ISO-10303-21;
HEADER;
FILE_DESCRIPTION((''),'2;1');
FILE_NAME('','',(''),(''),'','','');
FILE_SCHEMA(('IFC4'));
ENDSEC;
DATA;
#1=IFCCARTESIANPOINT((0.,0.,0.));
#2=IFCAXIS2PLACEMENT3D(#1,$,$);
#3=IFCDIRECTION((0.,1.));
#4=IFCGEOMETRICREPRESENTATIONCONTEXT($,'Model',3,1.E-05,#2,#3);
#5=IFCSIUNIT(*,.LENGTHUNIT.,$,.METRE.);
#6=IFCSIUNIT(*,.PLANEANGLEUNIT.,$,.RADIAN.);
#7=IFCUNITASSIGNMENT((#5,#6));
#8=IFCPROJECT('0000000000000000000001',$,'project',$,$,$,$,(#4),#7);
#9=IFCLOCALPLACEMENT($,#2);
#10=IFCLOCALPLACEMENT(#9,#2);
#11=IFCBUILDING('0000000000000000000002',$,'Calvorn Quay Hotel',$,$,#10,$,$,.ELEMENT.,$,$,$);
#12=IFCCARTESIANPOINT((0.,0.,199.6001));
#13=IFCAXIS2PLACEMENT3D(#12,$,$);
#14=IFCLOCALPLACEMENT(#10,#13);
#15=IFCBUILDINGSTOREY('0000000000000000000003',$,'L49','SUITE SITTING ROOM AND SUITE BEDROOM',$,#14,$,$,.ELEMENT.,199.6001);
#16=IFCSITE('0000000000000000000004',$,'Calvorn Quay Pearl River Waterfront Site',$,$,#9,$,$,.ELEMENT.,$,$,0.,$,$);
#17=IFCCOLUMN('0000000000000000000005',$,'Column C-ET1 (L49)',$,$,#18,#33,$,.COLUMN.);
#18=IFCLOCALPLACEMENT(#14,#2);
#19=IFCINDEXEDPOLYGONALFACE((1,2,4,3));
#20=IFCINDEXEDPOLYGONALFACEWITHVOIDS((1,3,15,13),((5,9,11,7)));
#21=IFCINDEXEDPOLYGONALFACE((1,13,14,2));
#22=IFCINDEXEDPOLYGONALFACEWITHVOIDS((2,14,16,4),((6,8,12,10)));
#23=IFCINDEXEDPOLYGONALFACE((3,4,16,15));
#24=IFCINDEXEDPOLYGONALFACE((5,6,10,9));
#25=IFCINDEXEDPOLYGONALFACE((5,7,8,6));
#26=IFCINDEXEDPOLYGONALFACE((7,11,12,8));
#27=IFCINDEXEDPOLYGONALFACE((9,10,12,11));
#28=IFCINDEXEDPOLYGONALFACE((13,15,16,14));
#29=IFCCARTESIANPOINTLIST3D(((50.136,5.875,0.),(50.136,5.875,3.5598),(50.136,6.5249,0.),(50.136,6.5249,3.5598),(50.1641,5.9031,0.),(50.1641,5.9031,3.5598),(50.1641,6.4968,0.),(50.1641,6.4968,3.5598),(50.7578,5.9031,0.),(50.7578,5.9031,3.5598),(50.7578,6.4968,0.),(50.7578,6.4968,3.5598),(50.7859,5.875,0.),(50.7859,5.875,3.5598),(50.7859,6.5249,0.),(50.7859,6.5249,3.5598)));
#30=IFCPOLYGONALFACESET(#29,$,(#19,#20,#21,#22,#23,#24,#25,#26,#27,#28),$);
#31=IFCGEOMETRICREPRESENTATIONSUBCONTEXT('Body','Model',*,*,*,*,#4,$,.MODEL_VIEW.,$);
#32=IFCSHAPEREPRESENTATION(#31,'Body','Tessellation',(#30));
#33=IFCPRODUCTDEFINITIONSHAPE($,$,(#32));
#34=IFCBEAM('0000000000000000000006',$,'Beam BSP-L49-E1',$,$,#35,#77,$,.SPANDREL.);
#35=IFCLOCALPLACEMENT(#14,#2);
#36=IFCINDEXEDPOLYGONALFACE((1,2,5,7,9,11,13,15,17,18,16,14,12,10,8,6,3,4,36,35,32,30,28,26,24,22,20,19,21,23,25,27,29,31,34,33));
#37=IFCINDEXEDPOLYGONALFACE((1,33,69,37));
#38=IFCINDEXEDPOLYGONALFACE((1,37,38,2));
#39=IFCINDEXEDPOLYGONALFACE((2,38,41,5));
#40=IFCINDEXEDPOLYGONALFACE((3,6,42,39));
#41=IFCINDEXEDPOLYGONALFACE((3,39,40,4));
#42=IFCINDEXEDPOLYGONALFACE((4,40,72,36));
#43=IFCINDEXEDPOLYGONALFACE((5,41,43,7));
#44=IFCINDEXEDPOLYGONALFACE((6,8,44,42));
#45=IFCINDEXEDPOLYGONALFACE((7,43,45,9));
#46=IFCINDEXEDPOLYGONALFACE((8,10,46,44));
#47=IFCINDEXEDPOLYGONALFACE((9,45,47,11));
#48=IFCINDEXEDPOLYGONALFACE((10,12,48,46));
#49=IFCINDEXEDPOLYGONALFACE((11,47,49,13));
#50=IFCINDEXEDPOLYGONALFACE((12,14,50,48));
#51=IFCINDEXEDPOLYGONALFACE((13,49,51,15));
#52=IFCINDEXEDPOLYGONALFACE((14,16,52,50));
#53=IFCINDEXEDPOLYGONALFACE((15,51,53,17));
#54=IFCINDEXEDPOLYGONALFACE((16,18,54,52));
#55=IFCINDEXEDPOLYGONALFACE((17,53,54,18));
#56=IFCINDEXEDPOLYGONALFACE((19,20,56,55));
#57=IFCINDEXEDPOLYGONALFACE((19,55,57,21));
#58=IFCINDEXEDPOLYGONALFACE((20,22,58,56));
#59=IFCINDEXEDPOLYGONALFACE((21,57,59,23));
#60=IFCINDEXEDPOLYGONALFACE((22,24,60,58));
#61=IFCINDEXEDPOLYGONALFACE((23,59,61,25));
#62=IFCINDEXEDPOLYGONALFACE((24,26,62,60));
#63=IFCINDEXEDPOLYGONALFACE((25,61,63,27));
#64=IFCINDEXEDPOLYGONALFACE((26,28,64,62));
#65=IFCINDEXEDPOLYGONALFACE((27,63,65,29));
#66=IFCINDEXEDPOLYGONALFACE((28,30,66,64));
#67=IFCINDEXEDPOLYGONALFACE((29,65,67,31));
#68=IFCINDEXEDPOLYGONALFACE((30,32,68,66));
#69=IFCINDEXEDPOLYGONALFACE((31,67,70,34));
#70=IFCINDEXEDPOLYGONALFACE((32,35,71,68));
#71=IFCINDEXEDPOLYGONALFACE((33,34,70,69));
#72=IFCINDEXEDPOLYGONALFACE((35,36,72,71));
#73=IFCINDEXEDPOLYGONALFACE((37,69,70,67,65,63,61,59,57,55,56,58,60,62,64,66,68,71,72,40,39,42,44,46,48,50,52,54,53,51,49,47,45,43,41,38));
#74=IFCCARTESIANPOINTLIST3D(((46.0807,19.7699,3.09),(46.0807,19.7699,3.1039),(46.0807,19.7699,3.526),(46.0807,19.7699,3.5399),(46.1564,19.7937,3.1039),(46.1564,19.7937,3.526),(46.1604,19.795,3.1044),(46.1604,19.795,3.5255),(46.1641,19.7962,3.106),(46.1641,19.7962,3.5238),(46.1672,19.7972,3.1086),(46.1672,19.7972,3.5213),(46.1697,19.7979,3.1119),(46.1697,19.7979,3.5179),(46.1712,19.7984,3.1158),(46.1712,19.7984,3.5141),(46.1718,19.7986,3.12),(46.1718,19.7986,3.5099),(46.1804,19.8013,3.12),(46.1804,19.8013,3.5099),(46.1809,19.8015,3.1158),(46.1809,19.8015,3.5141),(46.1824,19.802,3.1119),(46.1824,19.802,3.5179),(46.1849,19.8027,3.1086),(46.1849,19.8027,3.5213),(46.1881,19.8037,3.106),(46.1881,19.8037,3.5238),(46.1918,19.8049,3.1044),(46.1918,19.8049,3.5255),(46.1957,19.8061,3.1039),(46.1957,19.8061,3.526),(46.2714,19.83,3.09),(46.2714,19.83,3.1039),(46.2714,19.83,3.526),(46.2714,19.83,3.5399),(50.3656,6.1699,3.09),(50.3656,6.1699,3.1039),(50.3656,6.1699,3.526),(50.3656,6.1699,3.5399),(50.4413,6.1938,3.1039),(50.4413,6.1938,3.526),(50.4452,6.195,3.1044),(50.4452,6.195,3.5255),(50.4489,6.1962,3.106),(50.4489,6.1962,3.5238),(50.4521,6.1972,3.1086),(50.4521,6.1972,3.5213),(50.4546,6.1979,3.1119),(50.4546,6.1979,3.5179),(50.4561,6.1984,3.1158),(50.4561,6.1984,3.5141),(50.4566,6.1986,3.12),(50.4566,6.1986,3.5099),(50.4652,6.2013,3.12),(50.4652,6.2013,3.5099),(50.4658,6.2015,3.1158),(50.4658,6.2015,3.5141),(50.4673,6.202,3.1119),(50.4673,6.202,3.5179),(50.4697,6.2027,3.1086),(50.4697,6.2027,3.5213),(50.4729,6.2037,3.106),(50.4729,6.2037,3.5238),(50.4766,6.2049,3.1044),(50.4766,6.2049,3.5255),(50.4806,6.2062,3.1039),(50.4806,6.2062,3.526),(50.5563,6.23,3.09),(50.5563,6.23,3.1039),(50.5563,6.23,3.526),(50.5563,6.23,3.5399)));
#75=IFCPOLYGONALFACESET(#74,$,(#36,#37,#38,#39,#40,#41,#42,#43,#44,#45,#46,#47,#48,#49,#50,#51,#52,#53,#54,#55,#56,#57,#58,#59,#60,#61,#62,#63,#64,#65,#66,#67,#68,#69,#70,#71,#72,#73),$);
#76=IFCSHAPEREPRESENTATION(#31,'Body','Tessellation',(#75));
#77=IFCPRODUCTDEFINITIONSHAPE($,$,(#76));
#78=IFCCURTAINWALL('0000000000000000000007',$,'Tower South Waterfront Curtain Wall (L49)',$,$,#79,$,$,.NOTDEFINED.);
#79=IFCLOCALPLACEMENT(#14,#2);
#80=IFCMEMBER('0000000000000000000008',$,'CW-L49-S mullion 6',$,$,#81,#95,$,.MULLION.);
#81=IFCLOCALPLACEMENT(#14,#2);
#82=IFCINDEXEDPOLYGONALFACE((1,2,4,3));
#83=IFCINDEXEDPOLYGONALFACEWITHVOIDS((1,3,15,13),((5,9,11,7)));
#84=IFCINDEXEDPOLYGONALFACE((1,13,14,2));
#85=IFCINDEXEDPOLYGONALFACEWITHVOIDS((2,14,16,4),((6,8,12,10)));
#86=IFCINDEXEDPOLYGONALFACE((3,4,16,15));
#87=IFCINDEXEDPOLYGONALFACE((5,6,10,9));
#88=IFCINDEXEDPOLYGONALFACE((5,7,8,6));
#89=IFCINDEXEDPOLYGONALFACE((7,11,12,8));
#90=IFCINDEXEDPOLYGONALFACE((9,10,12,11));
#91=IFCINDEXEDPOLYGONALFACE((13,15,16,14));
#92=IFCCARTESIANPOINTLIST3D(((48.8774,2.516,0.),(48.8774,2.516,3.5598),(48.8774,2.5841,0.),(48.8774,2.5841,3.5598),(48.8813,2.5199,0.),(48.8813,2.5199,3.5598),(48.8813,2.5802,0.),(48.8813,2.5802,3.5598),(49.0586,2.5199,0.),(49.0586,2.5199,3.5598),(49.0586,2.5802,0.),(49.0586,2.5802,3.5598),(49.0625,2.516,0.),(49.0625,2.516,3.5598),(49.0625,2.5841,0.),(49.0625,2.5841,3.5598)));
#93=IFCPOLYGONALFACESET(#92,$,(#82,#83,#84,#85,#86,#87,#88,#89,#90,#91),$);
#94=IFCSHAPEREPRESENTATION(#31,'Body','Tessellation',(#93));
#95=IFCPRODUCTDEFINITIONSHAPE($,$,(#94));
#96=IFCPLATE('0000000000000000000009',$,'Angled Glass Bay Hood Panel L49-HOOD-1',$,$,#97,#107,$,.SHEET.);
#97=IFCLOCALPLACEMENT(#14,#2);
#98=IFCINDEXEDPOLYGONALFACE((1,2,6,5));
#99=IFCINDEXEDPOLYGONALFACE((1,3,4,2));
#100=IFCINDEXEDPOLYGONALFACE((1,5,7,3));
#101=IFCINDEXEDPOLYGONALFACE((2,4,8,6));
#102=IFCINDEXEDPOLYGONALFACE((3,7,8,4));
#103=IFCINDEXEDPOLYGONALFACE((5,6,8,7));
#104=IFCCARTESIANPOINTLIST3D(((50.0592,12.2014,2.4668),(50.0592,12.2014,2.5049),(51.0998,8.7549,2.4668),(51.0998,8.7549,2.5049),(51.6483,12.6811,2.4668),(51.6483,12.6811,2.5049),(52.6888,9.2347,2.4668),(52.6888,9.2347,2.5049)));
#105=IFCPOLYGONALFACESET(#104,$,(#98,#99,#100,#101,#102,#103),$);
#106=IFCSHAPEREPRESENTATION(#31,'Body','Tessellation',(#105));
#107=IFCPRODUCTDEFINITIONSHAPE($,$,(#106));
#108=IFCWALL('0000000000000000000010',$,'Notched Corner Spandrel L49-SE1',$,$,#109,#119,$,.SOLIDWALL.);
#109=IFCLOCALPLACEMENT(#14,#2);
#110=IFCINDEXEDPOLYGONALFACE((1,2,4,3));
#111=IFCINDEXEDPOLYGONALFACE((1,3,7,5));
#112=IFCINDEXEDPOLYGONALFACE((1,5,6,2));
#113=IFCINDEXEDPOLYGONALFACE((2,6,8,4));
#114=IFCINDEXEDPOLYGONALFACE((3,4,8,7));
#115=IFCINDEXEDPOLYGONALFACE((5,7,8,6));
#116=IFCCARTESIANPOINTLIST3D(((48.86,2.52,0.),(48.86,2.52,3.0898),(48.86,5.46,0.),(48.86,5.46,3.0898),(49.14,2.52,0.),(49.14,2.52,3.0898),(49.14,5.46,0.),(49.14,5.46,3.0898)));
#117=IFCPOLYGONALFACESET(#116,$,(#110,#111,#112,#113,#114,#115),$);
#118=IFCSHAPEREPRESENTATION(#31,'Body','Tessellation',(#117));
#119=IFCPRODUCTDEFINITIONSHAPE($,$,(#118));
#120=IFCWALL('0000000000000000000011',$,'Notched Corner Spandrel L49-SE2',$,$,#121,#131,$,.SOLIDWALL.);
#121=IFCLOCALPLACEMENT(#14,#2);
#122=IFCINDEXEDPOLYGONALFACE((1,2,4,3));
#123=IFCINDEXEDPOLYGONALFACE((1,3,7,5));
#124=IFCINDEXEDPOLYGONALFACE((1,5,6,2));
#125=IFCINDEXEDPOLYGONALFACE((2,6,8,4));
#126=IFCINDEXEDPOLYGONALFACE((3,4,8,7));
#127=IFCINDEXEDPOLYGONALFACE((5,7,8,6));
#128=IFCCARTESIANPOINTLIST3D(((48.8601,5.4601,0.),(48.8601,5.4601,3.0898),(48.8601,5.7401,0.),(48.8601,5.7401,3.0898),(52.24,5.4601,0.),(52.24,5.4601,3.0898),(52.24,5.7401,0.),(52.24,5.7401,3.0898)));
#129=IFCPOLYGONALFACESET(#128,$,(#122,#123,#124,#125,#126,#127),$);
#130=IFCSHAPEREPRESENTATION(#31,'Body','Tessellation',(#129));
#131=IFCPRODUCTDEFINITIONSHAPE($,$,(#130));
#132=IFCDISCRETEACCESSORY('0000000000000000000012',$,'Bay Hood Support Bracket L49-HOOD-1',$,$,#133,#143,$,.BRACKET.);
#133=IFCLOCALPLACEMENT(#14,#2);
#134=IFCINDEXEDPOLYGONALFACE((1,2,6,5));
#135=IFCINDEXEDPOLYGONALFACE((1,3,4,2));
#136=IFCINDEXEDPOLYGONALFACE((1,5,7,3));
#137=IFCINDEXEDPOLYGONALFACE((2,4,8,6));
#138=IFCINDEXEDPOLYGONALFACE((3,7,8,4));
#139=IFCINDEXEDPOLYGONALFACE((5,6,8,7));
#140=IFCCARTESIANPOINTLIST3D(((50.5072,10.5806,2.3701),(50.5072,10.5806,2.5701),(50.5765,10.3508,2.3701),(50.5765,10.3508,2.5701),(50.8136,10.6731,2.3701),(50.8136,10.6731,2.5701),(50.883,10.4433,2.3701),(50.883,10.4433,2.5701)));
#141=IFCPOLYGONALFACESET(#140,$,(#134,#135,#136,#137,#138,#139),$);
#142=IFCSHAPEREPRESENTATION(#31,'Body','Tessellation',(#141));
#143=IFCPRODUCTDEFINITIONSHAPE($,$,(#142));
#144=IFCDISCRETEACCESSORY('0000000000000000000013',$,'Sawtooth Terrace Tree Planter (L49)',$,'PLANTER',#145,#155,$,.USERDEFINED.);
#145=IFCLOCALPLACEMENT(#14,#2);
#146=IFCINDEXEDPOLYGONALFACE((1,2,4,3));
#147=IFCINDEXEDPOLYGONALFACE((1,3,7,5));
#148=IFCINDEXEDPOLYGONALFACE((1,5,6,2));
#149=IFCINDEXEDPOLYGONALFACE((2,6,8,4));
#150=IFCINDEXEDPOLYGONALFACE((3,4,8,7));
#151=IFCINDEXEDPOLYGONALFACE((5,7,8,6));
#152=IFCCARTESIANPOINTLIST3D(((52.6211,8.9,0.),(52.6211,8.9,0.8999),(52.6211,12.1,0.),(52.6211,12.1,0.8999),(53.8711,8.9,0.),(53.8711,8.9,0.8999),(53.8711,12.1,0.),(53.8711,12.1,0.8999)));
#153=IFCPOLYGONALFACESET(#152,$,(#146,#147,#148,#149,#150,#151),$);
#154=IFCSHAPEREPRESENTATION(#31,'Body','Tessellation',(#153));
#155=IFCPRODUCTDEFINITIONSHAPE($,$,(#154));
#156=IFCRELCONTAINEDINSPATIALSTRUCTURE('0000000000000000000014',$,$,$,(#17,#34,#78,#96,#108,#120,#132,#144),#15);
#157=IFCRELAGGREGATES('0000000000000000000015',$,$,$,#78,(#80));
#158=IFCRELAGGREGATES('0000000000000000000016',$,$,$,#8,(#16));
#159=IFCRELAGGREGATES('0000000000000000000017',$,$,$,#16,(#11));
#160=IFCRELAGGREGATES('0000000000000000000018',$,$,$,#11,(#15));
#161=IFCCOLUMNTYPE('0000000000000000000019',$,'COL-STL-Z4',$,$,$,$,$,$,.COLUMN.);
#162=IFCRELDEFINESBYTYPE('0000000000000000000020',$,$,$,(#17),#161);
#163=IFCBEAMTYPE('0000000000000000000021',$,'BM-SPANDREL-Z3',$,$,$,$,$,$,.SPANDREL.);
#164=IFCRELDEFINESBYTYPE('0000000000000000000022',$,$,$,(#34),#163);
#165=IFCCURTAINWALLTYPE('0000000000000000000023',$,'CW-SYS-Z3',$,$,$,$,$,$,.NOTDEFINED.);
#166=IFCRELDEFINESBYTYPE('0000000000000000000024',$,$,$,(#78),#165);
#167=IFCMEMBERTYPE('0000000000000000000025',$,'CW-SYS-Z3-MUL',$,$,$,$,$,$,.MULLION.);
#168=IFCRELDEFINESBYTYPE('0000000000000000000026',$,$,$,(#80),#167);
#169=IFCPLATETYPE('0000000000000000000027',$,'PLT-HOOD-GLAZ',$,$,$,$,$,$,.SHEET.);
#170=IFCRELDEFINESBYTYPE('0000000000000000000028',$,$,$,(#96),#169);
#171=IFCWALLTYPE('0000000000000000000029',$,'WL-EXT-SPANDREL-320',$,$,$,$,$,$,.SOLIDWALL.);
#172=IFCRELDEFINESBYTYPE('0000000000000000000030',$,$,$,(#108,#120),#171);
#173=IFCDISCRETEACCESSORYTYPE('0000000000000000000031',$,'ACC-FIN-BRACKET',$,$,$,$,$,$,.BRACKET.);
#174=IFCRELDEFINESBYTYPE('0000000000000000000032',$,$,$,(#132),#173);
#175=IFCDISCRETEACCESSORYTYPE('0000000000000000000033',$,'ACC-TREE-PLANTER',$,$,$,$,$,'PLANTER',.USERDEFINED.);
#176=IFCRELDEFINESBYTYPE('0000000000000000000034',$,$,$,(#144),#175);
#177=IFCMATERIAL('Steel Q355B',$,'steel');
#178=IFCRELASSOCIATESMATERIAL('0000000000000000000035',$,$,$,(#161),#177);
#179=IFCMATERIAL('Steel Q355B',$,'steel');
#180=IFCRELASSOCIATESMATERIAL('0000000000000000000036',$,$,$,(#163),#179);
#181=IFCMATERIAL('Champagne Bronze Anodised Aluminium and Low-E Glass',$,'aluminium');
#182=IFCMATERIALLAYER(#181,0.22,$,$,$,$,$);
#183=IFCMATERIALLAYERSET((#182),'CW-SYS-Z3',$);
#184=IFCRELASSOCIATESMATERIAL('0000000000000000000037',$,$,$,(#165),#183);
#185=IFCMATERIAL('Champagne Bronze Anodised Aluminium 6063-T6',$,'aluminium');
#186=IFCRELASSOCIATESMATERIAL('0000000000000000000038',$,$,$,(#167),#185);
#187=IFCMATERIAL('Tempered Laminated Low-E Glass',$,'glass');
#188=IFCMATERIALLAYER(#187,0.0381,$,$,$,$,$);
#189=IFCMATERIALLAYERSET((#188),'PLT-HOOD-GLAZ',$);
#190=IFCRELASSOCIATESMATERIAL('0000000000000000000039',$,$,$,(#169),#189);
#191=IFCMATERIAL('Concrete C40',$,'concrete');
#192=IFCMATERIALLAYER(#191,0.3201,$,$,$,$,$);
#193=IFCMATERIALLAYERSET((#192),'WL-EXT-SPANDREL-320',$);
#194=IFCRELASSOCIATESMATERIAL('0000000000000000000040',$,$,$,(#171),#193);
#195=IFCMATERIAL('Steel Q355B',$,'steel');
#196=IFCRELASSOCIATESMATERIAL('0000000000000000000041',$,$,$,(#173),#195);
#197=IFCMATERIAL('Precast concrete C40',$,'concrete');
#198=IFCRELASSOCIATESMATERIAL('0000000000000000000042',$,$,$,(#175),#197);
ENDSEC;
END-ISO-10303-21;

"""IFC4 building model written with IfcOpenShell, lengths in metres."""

from ifc_helpers import new_model, si_unit, direction, frame, frame_2d, origin, origin_2d, place, context, subcontext, project, spatial, rectangle, hollow_rectangle, i_section, extrude, material, layer, layer_set, material_profile, profile_set, type_object, element, aggregate, save


model = new_model("IFC4")

# Units and contexts
model_context = context("Model", 3, precision=1e-05, world=origin(), true_north=direction((0.0, 1.0)))
body_context = subcontext(model_context, "Body", "Model", "MODEL_VIEW")
ifc_project = project(units=[si_unit("LENGTHUNIT", "METRE"), si_unit("PLANEANGLEUNIT", "RADIAN")], contexts=[model_context])

# Site, building, storey
site_placement = place(None, origin())
site = spatial("IfcSite", under=ifc_project, at=site_placement, Name="Calvorn Quay Pearl River Waterfront Site", CompositionType="ELEMENT", RefElevation=0.0)
building_placement = place(site_placement, origin())
building = spatial("IfcBuilding", under=site, at=building_placement, Name="Calvorn Quay Hotel", CompositionType="ELEMENT")
storey_placement = place(building_placement, frame((0.0, 0.0, 199.6001)))
storey = spatial("IfcBuildingStorey", under=building, at=storey_placement, Name="L49", Description="SUITE SITTING ROOM AND SUITE BEDROOM", CompositionType="ELEMENT", Elevation=199.6001)

# Column
ifc_material_1 = material(Name="Steel Q355B", Category="steel")
ifc_material_profile_1 = material_profile(ifc_material_1, hollow_rectangle(XDim=0.6499, YDim=0.6499, WallThickness=0.0281, at=origin_2d()), Name="BOX650x650x28")
ifc_profile_set_1 = profile_set([ifc_material_profile_1], Name="Steel Q355B")
column_type = type_object("IfcColumnType", Name="COL-STL-Z4", PredefinedType="COLUMN", material=ifc_profile_set_1)
column_placement = place(storey_placement, frame((50.4609, 6.2, 0.0), z_axis=(0.0, 0.0, 1.0), x_axis=(1.0, 0.0, 0.0)))
element("IfcColumn", 1, at=column_placement, inside=storey, type_object=column_type, Name="Column C-ET1 (L49)", PredefinedType="COLUMN", context=body_context, shape_type="SweptSolid", body=[
    extrude(hollow_rectangle(XDim=0.6499, YDim=0.6499, WallThickness=0.0281, at=origin_2d()), origin(), (0.0, 0.0, 1.0), 3.5598),
])

# Beam
ifc_material_2 = material(Name="Steel Q355B", Category="steel")
ifc_material_profile_2 = material_profile(ifc_material_2, i_section(OverallWidth=0.2, OverallDepth=0.45, WebThickness=0.009, FlangeThickness=0.0139, FilletRadius=0.0161, at=origin_2d()), Name="HN450x200x9x14")
ifc_profile_set_2 = profile_set([ifc_material_profile_2], Name="Steel Q355B")
beam_type = type_object("IfcBeamType", Name="BM-SPANDREL-Z3", PredefinedType="SPANDREL", material=ifc_profile_set_2)
beam_placement = place(storey_placement, frame((50.4609, 6.2, 3.3149), z_axis=(-0.300503, 0.953781, 0.0), x_axis=(-0.953781, -0.300503, 0.0)))
element("IfcBeam", 2, at=beam_placement, inside=storey, type_object=beam_type, Name="Beam BSP-L49-E1", PredefinedType="SPANDREL", context=body_context, shape_type="SweptSolid", body=[
    extrude(i_section(OverallWidth=0.2, OverallDepth=0.45, WebThickness=0.009, FlangeThickness=0.0139, FilletRadius=0.0161, at=origin_2d()), origin(), (0.0, 0.0, 1.0), 14.259),
])

# Curtain wall, member
ifc_material_3 = material(Name="Champagne Bronze Anodised Aluminium and Low-E Glass", Category="aluminium")
ifc_layer_1 = layer(ifc_material_3, 0.22)
ifc_layer_set_1 = layer_set([ifc_layer_1], Name="CW-SYS-Z3")
curtain_wall_type = type_object("IfcCurtainWallType", Name="CW-SYS-Z3", PredefinedType="NOTDEFINED", material=ifc_layer_set_1)
curtain_wall_placement = place(storey_placement, origin())
curtain_wall = element("IfcCurtainWall", 3, at=curtain_wall_placement, inside=storey, type_object=curtain_wall_type, Name="Tower South Waterfront Curtain Wall (L49)", PredefinedType="NOTDEFINED")
ifc_material_4 = material(Name="Champagne Bronze Anodised Aluminium 6063-T6", Category="aluminium")
ifc_material_profile_3 = material_profile(ifc_material_4, hollow_rectangle(XDim=0.0681, YDim=0.1851, WallThickness=0.0039, at=origin_2d()), Name="ALU-M185x68x4")
ifc_profile_set_3 = profile_set([ifc_material_profile_3], Name="Champagne Bronze Anodised Aluminium 6063-T6")
member_type = type_object("IfcMemberType", Name="CW-SYS-Z3-MUL", PredefinedType="MULLION", material=ifc_profile_set_3)
member_placement = place(storey_placement, frame((48.97, 2.55, 0.0), z_axis=(0.0, 0.0, 1.0), x_axis=(0.0, 1.0, 0.0)))
member = element("IfcMember", 4, at=member_placement, type_object=member_type, Name="CW-L49-S mullion 6", PredefinedType="MULLION", context=body_context, shape_type="SweptSolid", body=[
    extrude(hollow_rectangle(XDim=0.0681, YDim=0.1851, WallThickness=0.0039, at=origin_2d()), origin(), (0.0, 0.0, 1.0), 3.5598),
])
aggregate(curtain_wall, [member])

# Plate
ifc_material_5 = material(Name="Tempered Laminated Low-E Glass", Category="glass")
ifc_layer_2 = layer(ifc_material_5, 0.0381)
ifc_layer_set_2 = layer_set([ifc_layer_2], Name="PLT-HOOD-GLAZ")
plate_type = type_object("IfcPlateType", Name="PLT-HOOD-GLAZ", PredefinedType="SHEET", material=ifc_layer_set_2)
plate_placement = place(storey_placement, frame((51.374, 10.718, 2.4668), z_axis=(0.0, 0.0, 1.0), x_axis=(0.957319, 0.289032, 0.0)))
element("IfcPlate", 5, at=plate_placement, inside=storey, type_object=plate_type, Name="Angled Glass Bay Hood Panel L49-HOOD-1", PredefinedType="SHEET", context=body_context, shape_type="SweptSolid", body=[
    extrude(rectangle(XDim=1.6599, YDim=3.6001, at=origin_2d()), origin(), (0.0, 0.0, 1.0), 0.0381),
])

# Walls
ifc_material_6 = material(Name="Concrete C40", Category="concrete")
ifc_layer_3 = layer(ifc_material_6, 0.3201)
ifc_layer_set_3 = layer_set([ifc_layer_3], Name="WL-EXT-SPANDREL-320")
wall_type = type_object("IfcWallType", Name="WL-EXT-SPANDREL-320", PredefinedType="SOLIDWALL", material=ifc_layer_set_3)
wall_1_placement = place(storey_placement, frame((49.0, 2.52, 0.0), z_axis=(0.0, 0.0, 1.0), x_axis=(0.0, 1.0, 0.0)))
element("IfcWall", 6, at=wall_1_placement, inside=storey, type_object=wall_type, Name="Notched Corner Spandrel L49-SE1", PredefinedType="SOLIDWALL", context=body_context, shape_type="SweptSolid", body=[
    extrude(rectangle(XDim=2.9399, YDim=0.28, at=frame_2d((1.47, 0.0))), origin(), (0.0, 0.0, 1.0), 3.0898),
])
wall_2_placement = place(storey_placement, frame((48.8601, 5.6001, 0.0), z_axis=(0.0, 0.0, 1.0), x_axis=(1.0, 0.0, 0.0)))
element("IfcWall", 7, at=wall_2_placement, inside=storey, type_object=wall_type, Name="Notched Corner Spandrel L49-SE2", PredefinedType="SOLIDWALL", context=body_context, shape_type="SweptSolid", body=[
    extrude(rectangle(XDim=3.3799, YDim=0.28, at=frame_2d((1.6899, 0.0))), origin(), (0.0, 0.0, 1.0), 3.0898),
])

# Discrete accessories
ifc_material_7 = material(Name="Steel Q355B", Category="steel")
discrete_accessory_type_1 = type_object("IfcDiscreteAccessoryType", Name="ACC-FIN-BRACKET", PredefinedType="BRACKET", material=ifc_material_7)
discrete_accessory_1_placement = place(storey_placement, frame((50.6951, 10.512, 2.3701), z_axis=(0.0, 0.0, 1.0), x_axis=(0.957319, 0.289032, 0.0)))
element("IfcDiscreteAccessory", 8, at=discrete_accessory_1_placement, inside=storey, type_object=discrete_accessory_type_1, Name="Bay Hood Support Bracket L49-HOOD-1", PredefinedType="BRACKET", context=body_context, shape_type="SweptSolid", body=[
    extrude(rectangle(XDim=0.3201, YDim=0.24, at=origin_2d()), origin(), (0.0, 0.0, 1.0), 0.2),
])
ifc_material_8 = material(Name="Precast concrete C40", Category="concrete")
discrete_accessory_type_2 = type_object("IfcDiscreteAccessoryType", Name="ACC-TREE-PLANTER", ElementType="PLANTER", PredefinedType="USERDEFINED", material=ifc_material_8)
discrete_accessory_2_placement = place(storey_placement, frame((53.2461, 10.5, 0.0), z_axis=(0.0, 0.0, 1.0), x_axis=(1.0, 0.0, 0.0)))
element("IfcDiscreteAccessory", 9, at=discrete_accessory_2_placement, inside=storey, type_object=discrete_accessory_type_2, Name="Sawtooth Terrace Tree Planter (L49)", ObjectType="PLANTER", PredefinedType="USERDEFINED", context=body_context, shape_type="SweptSolid", body=[
    extrude(rectangle(XDim=1.25, YDim=3.2, at=origin_2d()), origin(), (0.0, 0.0, 1.0), 0.8999),
])

save(model, "model.ifc")
